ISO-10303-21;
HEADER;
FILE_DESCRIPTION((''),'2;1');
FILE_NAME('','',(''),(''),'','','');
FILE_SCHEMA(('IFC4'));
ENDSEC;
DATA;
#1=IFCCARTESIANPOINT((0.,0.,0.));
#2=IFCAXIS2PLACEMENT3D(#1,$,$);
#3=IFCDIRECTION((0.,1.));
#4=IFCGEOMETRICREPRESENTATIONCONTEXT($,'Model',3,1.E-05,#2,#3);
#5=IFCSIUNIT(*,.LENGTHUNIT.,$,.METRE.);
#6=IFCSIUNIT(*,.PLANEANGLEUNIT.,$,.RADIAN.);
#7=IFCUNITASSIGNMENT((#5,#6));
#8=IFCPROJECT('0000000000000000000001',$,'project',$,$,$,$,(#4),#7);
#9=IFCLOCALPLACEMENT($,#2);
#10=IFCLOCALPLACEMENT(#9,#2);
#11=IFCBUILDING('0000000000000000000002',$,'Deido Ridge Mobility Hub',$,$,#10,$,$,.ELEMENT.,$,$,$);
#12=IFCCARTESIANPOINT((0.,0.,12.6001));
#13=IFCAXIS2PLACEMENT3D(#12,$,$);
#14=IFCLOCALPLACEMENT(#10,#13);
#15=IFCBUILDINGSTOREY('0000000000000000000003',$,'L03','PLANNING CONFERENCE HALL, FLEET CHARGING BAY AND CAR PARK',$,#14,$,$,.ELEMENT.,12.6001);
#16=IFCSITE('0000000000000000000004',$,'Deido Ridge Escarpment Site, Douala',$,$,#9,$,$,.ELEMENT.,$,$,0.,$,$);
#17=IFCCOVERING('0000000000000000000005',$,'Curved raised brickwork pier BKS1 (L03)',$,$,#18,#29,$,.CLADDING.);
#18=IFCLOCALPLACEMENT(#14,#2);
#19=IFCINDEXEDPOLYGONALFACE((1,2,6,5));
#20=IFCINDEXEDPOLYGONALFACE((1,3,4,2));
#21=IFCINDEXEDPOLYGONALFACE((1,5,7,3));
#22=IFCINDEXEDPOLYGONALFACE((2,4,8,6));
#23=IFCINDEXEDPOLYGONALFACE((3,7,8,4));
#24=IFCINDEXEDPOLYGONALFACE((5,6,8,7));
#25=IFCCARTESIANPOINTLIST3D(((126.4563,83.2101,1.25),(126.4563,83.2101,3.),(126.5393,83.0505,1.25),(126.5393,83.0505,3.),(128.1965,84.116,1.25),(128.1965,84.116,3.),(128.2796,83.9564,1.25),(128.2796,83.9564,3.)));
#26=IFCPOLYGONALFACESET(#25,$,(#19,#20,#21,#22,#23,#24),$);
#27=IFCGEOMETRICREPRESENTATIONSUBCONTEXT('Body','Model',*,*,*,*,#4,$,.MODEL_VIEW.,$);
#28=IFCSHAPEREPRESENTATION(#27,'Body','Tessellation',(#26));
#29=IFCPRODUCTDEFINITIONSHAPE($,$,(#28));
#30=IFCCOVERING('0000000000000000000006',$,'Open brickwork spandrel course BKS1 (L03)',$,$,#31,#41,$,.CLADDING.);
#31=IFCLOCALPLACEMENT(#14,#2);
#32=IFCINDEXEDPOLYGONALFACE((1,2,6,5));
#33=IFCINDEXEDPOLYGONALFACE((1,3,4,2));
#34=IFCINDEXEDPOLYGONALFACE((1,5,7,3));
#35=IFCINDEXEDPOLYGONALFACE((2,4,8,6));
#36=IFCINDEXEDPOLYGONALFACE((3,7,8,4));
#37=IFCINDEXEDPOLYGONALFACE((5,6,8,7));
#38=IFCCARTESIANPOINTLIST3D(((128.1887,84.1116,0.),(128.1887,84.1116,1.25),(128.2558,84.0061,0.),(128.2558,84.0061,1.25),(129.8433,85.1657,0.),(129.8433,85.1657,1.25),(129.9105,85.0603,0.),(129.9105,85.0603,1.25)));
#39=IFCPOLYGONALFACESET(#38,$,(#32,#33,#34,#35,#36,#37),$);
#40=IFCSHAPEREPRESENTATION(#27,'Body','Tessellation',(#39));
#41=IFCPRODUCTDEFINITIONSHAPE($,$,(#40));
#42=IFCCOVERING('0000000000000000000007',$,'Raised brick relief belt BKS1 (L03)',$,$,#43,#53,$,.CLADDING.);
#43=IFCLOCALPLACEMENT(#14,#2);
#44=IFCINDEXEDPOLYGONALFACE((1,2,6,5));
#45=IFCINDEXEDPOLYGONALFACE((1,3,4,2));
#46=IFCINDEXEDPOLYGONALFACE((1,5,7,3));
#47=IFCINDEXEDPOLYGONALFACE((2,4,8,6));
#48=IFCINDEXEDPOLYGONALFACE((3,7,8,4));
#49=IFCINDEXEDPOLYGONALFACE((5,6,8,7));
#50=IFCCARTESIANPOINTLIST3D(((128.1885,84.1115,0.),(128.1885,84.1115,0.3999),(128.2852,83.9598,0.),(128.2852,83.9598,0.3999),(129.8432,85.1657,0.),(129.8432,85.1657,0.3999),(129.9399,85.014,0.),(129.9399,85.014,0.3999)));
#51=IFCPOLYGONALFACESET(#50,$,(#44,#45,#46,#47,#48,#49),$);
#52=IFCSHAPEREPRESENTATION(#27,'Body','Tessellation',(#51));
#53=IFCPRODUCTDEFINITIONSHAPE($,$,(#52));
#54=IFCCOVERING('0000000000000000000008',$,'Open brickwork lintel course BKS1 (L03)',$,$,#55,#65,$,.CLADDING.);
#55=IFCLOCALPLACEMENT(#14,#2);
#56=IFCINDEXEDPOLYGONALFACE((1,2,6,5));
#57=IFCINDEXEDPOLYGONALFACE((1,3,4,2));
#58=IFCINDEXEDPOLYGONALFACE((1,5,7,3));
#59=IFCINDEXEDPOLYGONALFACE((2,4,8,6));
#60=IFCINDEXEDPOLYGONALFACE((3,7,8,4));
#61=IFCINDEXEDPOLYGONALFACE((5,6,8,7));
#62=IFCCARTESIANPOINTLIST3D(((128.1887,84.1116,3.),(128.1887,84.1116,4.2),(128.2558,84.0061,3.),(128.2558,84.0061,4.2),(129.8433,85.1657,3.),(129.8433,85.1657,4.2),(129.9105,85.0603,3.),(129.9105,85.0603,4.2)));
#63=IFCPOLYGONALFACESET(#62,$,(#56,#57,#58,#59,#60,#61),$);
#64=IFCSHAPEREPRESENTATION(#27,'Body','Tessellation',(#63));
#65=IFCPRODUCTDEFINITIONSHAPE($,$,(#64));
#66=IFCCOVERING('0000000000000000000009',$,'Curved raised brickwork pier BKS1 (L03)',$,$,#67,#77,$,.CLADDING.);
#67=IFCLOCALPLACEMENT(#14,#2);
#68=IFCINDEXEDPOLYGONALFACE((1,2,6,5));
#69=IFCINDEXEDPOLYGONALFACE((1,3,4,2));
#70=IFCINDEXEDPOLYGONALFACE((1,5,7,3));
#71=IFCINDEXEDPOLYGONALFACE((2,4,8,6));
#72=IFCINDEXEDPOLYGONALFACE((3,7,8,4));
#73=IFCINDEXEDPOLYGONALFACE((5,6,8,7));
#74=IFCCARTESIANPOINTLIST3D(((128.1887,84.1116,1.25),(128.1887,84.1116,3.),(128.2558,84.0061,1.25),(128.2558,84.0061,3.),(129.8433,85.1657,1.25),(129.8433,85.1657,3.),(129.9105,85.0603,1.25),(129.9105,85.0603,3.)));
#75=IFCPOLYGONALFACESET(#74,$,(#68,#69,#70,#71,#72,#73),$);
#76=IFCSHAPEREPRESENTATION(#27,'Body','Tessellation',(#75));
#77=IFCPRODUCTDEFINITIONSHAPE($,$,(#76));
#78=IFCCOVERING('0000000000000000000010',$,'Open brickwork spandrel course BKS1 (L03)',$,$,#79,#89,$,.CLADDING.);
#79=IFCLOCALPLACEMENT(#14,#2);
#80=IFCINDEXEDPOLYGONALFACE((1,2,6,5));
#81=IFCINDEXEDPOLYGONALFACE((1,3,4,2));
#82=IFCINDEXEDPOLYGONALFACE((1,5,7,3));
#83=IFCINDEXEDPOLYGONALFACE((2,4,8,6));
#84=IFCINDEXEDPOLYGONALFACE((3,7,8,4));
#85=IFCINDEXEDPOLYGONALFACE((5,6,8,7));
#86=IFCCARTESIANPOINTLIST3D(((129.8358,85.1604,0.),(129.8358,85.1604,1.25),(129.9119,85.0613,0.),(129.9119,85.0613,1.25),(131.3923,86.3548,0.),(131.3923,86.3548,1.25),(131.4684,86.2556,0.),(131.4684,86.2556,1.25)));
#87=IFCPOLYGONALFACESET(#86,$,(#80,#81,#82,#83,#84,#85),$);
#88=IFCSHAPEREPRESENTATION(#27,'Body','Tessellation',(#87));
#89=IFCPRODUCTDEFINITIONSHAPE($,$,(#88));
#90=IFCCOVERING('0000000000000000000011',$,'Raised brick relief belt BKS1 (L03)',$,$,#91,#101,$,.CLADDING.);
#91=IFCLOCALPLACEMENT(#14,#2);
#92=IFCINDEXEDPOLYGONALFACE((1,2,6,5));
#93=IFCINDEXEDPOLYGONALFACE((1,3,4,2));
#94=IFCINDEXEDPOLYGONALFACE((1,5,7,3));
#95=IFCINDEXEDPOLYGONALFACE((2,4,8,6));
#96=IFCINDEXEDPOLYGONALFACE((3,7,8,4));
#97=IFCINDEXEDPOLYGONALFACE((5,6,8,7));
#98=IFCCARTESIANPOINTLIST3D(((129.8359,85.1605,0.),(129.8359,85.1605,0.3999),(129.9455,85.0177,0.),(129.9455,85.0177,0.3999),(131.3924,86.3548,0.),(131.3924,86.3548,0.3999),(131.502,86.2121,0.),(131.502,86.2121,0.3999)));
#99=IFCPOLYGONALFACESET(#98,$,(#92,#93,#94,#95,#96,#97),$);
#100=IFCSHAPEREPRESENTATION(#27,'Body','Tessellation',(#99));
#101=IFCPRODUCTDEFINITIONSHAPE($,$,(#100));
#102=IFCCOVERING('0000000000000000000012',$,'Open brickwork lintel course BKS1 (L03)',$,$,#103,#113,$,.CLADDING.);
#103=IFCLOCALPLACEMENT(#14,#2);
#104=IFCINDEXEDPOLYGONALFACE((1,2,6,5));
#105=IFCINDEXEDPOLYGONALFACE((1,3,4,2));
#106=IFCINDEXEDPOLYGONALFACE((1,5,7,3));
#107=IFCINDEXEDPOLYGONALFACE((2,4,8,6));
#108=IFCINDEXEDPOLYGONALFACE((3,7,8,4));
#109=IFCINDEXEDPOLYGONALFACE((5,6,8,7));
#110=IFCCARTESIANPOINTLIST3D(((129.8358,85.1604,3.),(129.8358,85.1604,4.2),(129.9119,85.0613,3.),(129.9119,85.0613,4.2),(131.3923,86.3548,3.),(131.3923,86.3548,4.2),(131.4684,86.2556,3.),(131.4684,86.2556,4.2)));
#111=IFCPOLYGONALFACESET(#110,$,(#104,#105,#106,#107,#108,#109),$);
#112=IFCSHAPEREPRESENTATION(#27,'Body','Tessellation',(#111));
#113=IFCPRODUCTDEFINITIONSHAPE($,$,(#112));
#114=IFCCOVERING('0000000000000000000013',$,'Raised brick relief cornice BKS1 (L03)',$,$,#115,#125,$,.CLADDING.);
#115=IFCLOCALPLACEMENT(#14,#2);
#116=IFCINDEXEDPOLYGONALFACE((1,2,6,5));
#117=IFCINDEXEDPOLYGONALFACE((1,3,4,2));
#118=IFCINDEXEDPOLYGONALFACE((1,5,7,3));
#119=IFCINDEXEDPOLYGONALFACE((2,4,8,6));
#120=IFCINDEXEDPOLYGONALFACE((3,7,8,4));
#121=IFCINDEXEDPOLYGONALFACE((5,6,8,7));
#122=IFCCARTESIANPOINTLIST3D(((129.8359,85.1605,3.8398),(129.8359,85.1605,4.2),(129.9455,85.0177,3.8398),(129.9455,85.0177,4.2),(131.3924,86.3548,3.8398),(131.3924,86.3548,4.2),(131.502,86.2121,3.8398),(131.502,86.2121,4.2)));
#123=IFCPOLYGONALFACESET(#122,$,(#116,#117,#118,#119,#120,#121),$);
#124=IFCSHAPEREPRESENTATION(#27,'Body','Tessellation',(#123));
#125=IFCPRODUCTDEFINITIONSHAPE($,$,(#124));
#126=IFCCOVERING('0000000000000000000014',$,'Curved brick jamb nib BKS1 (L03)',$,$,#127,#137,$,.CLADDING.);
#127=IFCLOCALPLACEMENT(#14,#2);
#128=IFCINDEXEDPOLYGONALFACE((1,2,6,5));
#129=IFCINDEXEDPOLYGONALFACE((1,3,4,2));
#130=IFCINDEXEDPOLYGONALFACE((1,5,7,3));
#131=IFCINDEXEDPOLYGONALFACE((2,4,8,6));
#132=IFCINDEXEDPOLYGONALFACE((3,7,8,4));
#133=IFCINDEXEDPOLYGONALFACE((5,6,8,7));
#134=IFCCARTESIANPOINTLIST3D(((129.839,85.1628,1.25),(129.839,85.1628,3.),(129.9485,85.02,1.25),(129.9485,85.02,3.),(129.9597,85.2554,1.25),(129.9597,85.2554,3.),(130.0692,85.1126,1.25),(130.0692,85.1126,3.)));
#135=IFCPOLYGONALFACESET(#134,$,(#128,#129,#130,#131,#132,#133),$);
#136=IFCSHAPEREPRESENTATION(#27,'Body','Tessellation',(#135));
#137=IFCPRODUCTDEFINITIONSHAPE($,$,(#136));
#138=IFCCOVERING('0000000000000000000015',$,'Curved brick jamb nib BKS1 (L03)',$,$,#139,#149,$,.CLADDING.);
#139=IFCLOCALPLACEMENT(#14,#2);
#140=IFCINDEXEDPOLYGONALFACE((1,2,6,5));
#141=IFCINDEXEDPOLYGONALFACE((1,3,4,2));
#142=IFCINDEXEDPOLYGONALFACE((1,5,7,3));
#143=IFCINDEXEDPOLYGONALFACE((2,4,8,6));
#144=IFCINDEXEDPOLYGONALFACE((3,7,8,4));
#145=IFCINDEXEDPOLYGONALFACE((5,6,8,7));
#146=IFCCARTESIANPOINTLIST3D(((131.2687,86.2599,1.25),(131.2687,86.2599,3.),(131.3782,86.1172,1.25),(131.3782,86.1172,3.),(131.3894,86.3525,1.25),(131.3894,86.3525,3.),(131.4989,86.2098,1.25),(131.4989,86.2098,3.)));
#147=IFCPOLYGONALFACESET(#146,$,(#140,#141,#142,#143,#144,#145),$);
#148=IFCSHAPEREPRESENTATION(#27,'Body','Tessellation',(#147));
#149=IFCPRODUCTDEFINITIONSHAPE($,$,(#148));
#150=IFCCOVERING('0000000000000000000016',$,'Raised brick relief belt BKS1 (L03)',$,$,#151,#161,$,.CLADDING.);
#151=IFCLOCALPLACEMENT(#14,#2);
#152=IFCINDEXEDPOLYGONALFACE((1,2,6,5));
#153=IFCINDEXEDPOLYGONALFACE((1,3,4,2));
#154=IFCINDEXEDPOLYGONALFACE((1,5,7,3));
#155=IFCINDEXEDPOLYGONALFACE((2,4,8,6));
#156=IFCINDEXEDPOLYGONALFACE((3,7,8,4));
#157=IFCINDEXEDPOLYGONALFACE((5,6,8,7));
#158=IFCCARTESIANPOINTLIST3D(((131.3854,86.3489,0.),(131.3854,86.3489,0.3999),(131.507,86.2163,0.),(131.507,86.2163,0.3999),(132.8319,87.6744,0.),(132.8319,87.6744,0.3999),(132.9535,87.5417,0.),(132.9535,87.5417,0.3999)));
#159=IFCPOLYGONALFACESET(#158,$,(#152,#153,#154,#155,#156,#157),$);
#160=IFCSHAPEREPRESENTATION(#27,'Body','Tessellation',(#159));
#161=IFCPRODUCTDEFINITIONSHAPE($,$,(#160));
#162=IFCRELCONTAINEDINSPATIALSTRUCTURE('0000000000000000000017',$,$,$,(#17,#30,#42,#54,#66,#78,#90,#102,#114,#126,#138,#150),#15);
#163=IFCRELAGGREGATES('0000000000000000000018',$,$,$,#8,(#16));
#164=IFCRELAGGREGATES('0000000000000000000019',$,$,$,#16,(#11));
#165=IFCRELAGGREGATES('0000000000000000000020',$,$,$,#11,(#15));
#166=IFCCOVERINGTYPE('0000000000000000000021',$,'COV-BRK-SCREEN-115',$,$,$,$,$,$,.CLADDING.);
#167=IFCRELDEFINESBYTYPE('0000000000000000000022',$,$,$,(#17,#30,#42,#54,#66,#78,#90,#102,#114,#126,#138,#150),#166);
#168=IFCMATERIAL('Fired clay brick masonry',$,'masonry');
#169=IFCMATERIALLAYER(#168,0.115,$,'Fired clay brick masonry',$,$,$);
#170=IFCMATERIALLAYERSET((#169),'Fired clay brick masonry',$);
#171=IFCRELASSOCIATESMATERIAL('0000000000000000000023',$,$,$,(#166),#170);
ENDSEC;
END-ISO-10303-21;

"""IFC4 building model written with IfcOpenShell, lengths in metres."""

from ifc_helpers import new_model, si_unit, direction, frame, origin, origin_2d, place, context, subcontext, project, spatial, rectangle, extrude, material, layer, layer_set, type_object, element, save


model = new_model("IFC4")

# Units and contexts
model_context = context("Model", 3, precision=1e-05, world=origin(), true_north=direction((0.0, 1.0)))
body_context = subcontext(model_context, "Body", "Model", "MODEL_VIEW")
ifc_project = project(units=[si_unit("LENGTHUNIT", "METRE"), si_unit("PLANEANGLEUNIT", "RADIAN")], contexts=[model_context])

# Site, building, storey
site_placement = place(None, origin())
site = spatial("IfcSite", under=ifc_project, at=site_placement, Name="Deido Ridge Escarpment Site, Douala", CompositionType="ELEMENT", RefElevation=0.0)
building_placement = place(site_placement, origin())
building = spatial("IfcBuilding", under=site, at=building_placement, Name="Deido Ridge Mobility Hub", CompositionType="ELEMENT")
storey_placement = place(building_placement, frame((0.0, 0.0, 12.6001)))
storey = spatial("IfcBuildingStorey", under=building, at=storey_placement, Name="L03", Description="PLANNING CONFERENCE HALL, FLEET CHARGING BAY AND CAR PARK", CompositionType="ELEMENT", Elevation=12.6001)

# Coverings
ifc_material_1 = material(Name="Fired clay brick masonry", Category="masonry")
ifc_layer = layer(ifc_material_1, 0.115, Name="Fired clay brick masonry")
ifc_layer_set = layer_set([ifc_layer], Name="Fired clay brick masonry")
covering_type = type_object("IfcCoveringType", Name="COV-BRK-SCREEN-115", PredefinedType="CLADDING", material=ifc_layer_set)
covering_1_placement = place(storey_placement, frame((127.3679, 83.5833, 1.25), z_axis=(0.0, 0.0, 1.0), x_axis=(0.887019, 0.461733, 0.0)))
element("IfcCovering", 1, at=covering_1_placement, inside=storey, type_object=covering_type, Name="Curved raised brickwork pier BKS1 (L03)", PredefinedType="CLADDING", context=body_context, shape_type="SweptSolid", body=[
    extrude(rectangle(XDim=1.9619, YDim=0.1799, at=origin_2d()), origin(), (0.0, 0.0, 1.0), 1.75),
])
covering_2_placement = place(storey_placement, frame((129.0496, 84.5859, 0.0), z_axis=(0.0, 0.0, 1.0), x_axis=(0.843382, 0.537314, 0.0)))
element("IfcCovering", 2, at=covering_2_placement, inside=storey, type_object=covering_type, Name="Open brickwork spandrel course BKS1 (L03)", PredefinedType="CLADDING", context=body_context, shape_type="SweptSolid", body=[
    extrude(rectangle(XDim=1.9619, YDim=0.125, at=origin_2d()), origin(), (0.0, 0.0, 1.0), 1.25),
])
covering_3_placement = place(storey_placement, frame((129.0642, 84.5627, 0.0), z_axis=(0.0, 0.0, 1.0), x_axis=(0.843382, 0.537314, 0.0)))
element("IfcCovering", 3, at=covering_3_placement, inside=storey, type_object=covering_type, Name="Raised brick relief belt BKS1 (L03)", PredefinedType="CLADDING", context=body_context, shape_type="SweptSolid", body=[
    extrude(rectangle(XDim=1.9619, YDim=0.1799, at=origin_2d()), origin(), (0.0, 0.0, 1.0), 0.3999),
])
covering_4_placement = place(storey_placement, frame((129.0496, 84.5859, 3.0), z_axis=(0.0, 0.0, 1.0), x_axis=(0.843382, 0.537314, 0.0)))
element("IfcCovering", 4, at=covering_4_placement, inside=storey, type_object=covering_type, Name="Open brickwork lintel course BKS1 (L03)", PredefinedType="CLADDING", context=body_context, shape_type="SweptSolid", body=[
    extrude(rectangle(XDim=1.9619, YDim=0.125, at=origin_2d()), origin(), (0.0, 0.0, 1.0), 1.2),
])
covering_5_placement = place(storey_placement, frame((129.0496, 84.5859, 1.25), z_axis=(0.0, 0.0, 1.0), x_axis=(0.843382, 0.537314, 0.0)))
element("IfcCovering", 5, at=covering_5_placement, inside=storey, type_object=covering_type, Name="Curved raised brickwork pier BKS1 (L03)", PredefinedType="CLADDING", context=body_context, shape_type="SweptSolid", body=[
    extrude(rectangle(XDim=1.9619, YDim=0.125, at=origin_2d()), origin(), (0.0, 0.0, 1.0), 1.75),
])
covering_6_placement = place(storey_placement, frame((130.6521, 85.708, 0.0), z_axis=(0.0, 0.0, 1.0), x_axis=(0.793353, 0.608761, 0.0)))
element("IfcCovering", 6, at=covering_6_placement, inside=storey, type_object=covering_type, Name="Open brickwork spandrel course BKS1 (L03)", PredefinedType="CLADDING", context=body_context, shape_type="SweptSolid", body=[
    extrude(rectangle(XDim=1.9619, YDim=0.125, at=origin_2d()), origin(), (0.0, 0.0, 1.0), 1.25),
])
covering_7_placement = place(storey_placement, frame((130.6689, 85.6863, 0.0), z_axis=(0.0, 0.0, 1.0), x_axis=(0.793353, 0.608761, 0.0)))
element("IfcCovering", 7, at=covering_7_placement, inside=storey, type_object=covering_type, Name="Raised brick relief belt BKS1 (L03)", PredefinedType="CLADDING", context=body_context, shape_type="SweptSolid", body=[
    extrude(rectangle(XDim=1.9619, YDim=0.1799, at=origin_2d()), origin(), (0.0, 0.0, 1.0), 0.3999),
])
covering_8_placement = place(storey_placement, frame((130.6521, 85.708, 3.0), z_axis=(0.0, 0.0, 1.0), x_axis=(0.793353, 0.608761, 0.0)))
element("IfcCovering", 8, at=covering_8_placement, inside=storey, type_object=covering_type, Name="Open brickwork lintel course BKS1 (L03)", PredefinedType="CLADDING", context=body_context, shape_type="SweptSolid", body=[
    extrude(rectangle(XDim=1.9619, YDim=0.125, at=origin_2d()), origin(), (0.0, 0.0, 1.0), 1.2),
])
covering_9_placement = place(storey_placement, frame((130.6689, 85.6863, 3.8398), z_axis=(0.0, 0.0, 1.0), x_axis=(0.793353, 0.608761, 0.0)))
element("IfcCovering", 9, at=covering_9_placement, inside=storey, type_object=covering_type, Name="Raised brick relief cornice BKS1 (L03)", PredefinedType="CLADDING", context=body_context, shape_type="SweptSolid", body=[
    extrude(rectangle(XDim=1.9619, YDim=0.1799, at=origin_2d()), origin(), (0.0, 0.0, 1.0), 0.3601),
])
for number, where, z_axis, x_axis, name in (
    (10, (129.9541, 85.1377, 1.25), (0.0, 0.0, 1.0), (0.793353, 0.608761, 0.0), "Curved brick jamb nib BKS1 (L03)"),
    (11, (131.3838, 86.2349, 1.25), (0.0, 0.0, 1.0), (0.793353, 0.608761, 0.0), "Curved brick jamb nib BKS1 (L03)"),
):
    element("IfcCovering", number, at=place(storey_placement, frame(where, z_axis=z_axis, x_axis=x_axis)), inside=storey, type_object=covering_type, Name=name, PredefinedType="CLADDING", context=body_context, shape_type="SweptSolid", body=[
        extrude(rectangle(XDim=0.1521, YDim=0.1799, at=origin_2d()), origin(), (0.0, 0.0, 1.0), 1.75),
    ])
covering_10_placement = place(storey_placement, frame((132.1694, 86.9453, 0.0), z_axis=(0.0, 0.0, 1.0), x_axis=(0.737289, 0.675577, 0.0)))
element("IfcCovering", 12, at=covering_10_placement, inside=storey, type_object=covering_type, Name="Raised brick relief belt BKS1 (L03)", PredefinedType="CLADDING", context=body_context, shape_type="SweptSolid", body=[
    extrude(rectangle(XDim=1.9619, YDim=0.1799, at=origin_2d()), origin(), (0.0, 0.0, 1.0), 0.3999),
])

save(model, "model.ifc")
